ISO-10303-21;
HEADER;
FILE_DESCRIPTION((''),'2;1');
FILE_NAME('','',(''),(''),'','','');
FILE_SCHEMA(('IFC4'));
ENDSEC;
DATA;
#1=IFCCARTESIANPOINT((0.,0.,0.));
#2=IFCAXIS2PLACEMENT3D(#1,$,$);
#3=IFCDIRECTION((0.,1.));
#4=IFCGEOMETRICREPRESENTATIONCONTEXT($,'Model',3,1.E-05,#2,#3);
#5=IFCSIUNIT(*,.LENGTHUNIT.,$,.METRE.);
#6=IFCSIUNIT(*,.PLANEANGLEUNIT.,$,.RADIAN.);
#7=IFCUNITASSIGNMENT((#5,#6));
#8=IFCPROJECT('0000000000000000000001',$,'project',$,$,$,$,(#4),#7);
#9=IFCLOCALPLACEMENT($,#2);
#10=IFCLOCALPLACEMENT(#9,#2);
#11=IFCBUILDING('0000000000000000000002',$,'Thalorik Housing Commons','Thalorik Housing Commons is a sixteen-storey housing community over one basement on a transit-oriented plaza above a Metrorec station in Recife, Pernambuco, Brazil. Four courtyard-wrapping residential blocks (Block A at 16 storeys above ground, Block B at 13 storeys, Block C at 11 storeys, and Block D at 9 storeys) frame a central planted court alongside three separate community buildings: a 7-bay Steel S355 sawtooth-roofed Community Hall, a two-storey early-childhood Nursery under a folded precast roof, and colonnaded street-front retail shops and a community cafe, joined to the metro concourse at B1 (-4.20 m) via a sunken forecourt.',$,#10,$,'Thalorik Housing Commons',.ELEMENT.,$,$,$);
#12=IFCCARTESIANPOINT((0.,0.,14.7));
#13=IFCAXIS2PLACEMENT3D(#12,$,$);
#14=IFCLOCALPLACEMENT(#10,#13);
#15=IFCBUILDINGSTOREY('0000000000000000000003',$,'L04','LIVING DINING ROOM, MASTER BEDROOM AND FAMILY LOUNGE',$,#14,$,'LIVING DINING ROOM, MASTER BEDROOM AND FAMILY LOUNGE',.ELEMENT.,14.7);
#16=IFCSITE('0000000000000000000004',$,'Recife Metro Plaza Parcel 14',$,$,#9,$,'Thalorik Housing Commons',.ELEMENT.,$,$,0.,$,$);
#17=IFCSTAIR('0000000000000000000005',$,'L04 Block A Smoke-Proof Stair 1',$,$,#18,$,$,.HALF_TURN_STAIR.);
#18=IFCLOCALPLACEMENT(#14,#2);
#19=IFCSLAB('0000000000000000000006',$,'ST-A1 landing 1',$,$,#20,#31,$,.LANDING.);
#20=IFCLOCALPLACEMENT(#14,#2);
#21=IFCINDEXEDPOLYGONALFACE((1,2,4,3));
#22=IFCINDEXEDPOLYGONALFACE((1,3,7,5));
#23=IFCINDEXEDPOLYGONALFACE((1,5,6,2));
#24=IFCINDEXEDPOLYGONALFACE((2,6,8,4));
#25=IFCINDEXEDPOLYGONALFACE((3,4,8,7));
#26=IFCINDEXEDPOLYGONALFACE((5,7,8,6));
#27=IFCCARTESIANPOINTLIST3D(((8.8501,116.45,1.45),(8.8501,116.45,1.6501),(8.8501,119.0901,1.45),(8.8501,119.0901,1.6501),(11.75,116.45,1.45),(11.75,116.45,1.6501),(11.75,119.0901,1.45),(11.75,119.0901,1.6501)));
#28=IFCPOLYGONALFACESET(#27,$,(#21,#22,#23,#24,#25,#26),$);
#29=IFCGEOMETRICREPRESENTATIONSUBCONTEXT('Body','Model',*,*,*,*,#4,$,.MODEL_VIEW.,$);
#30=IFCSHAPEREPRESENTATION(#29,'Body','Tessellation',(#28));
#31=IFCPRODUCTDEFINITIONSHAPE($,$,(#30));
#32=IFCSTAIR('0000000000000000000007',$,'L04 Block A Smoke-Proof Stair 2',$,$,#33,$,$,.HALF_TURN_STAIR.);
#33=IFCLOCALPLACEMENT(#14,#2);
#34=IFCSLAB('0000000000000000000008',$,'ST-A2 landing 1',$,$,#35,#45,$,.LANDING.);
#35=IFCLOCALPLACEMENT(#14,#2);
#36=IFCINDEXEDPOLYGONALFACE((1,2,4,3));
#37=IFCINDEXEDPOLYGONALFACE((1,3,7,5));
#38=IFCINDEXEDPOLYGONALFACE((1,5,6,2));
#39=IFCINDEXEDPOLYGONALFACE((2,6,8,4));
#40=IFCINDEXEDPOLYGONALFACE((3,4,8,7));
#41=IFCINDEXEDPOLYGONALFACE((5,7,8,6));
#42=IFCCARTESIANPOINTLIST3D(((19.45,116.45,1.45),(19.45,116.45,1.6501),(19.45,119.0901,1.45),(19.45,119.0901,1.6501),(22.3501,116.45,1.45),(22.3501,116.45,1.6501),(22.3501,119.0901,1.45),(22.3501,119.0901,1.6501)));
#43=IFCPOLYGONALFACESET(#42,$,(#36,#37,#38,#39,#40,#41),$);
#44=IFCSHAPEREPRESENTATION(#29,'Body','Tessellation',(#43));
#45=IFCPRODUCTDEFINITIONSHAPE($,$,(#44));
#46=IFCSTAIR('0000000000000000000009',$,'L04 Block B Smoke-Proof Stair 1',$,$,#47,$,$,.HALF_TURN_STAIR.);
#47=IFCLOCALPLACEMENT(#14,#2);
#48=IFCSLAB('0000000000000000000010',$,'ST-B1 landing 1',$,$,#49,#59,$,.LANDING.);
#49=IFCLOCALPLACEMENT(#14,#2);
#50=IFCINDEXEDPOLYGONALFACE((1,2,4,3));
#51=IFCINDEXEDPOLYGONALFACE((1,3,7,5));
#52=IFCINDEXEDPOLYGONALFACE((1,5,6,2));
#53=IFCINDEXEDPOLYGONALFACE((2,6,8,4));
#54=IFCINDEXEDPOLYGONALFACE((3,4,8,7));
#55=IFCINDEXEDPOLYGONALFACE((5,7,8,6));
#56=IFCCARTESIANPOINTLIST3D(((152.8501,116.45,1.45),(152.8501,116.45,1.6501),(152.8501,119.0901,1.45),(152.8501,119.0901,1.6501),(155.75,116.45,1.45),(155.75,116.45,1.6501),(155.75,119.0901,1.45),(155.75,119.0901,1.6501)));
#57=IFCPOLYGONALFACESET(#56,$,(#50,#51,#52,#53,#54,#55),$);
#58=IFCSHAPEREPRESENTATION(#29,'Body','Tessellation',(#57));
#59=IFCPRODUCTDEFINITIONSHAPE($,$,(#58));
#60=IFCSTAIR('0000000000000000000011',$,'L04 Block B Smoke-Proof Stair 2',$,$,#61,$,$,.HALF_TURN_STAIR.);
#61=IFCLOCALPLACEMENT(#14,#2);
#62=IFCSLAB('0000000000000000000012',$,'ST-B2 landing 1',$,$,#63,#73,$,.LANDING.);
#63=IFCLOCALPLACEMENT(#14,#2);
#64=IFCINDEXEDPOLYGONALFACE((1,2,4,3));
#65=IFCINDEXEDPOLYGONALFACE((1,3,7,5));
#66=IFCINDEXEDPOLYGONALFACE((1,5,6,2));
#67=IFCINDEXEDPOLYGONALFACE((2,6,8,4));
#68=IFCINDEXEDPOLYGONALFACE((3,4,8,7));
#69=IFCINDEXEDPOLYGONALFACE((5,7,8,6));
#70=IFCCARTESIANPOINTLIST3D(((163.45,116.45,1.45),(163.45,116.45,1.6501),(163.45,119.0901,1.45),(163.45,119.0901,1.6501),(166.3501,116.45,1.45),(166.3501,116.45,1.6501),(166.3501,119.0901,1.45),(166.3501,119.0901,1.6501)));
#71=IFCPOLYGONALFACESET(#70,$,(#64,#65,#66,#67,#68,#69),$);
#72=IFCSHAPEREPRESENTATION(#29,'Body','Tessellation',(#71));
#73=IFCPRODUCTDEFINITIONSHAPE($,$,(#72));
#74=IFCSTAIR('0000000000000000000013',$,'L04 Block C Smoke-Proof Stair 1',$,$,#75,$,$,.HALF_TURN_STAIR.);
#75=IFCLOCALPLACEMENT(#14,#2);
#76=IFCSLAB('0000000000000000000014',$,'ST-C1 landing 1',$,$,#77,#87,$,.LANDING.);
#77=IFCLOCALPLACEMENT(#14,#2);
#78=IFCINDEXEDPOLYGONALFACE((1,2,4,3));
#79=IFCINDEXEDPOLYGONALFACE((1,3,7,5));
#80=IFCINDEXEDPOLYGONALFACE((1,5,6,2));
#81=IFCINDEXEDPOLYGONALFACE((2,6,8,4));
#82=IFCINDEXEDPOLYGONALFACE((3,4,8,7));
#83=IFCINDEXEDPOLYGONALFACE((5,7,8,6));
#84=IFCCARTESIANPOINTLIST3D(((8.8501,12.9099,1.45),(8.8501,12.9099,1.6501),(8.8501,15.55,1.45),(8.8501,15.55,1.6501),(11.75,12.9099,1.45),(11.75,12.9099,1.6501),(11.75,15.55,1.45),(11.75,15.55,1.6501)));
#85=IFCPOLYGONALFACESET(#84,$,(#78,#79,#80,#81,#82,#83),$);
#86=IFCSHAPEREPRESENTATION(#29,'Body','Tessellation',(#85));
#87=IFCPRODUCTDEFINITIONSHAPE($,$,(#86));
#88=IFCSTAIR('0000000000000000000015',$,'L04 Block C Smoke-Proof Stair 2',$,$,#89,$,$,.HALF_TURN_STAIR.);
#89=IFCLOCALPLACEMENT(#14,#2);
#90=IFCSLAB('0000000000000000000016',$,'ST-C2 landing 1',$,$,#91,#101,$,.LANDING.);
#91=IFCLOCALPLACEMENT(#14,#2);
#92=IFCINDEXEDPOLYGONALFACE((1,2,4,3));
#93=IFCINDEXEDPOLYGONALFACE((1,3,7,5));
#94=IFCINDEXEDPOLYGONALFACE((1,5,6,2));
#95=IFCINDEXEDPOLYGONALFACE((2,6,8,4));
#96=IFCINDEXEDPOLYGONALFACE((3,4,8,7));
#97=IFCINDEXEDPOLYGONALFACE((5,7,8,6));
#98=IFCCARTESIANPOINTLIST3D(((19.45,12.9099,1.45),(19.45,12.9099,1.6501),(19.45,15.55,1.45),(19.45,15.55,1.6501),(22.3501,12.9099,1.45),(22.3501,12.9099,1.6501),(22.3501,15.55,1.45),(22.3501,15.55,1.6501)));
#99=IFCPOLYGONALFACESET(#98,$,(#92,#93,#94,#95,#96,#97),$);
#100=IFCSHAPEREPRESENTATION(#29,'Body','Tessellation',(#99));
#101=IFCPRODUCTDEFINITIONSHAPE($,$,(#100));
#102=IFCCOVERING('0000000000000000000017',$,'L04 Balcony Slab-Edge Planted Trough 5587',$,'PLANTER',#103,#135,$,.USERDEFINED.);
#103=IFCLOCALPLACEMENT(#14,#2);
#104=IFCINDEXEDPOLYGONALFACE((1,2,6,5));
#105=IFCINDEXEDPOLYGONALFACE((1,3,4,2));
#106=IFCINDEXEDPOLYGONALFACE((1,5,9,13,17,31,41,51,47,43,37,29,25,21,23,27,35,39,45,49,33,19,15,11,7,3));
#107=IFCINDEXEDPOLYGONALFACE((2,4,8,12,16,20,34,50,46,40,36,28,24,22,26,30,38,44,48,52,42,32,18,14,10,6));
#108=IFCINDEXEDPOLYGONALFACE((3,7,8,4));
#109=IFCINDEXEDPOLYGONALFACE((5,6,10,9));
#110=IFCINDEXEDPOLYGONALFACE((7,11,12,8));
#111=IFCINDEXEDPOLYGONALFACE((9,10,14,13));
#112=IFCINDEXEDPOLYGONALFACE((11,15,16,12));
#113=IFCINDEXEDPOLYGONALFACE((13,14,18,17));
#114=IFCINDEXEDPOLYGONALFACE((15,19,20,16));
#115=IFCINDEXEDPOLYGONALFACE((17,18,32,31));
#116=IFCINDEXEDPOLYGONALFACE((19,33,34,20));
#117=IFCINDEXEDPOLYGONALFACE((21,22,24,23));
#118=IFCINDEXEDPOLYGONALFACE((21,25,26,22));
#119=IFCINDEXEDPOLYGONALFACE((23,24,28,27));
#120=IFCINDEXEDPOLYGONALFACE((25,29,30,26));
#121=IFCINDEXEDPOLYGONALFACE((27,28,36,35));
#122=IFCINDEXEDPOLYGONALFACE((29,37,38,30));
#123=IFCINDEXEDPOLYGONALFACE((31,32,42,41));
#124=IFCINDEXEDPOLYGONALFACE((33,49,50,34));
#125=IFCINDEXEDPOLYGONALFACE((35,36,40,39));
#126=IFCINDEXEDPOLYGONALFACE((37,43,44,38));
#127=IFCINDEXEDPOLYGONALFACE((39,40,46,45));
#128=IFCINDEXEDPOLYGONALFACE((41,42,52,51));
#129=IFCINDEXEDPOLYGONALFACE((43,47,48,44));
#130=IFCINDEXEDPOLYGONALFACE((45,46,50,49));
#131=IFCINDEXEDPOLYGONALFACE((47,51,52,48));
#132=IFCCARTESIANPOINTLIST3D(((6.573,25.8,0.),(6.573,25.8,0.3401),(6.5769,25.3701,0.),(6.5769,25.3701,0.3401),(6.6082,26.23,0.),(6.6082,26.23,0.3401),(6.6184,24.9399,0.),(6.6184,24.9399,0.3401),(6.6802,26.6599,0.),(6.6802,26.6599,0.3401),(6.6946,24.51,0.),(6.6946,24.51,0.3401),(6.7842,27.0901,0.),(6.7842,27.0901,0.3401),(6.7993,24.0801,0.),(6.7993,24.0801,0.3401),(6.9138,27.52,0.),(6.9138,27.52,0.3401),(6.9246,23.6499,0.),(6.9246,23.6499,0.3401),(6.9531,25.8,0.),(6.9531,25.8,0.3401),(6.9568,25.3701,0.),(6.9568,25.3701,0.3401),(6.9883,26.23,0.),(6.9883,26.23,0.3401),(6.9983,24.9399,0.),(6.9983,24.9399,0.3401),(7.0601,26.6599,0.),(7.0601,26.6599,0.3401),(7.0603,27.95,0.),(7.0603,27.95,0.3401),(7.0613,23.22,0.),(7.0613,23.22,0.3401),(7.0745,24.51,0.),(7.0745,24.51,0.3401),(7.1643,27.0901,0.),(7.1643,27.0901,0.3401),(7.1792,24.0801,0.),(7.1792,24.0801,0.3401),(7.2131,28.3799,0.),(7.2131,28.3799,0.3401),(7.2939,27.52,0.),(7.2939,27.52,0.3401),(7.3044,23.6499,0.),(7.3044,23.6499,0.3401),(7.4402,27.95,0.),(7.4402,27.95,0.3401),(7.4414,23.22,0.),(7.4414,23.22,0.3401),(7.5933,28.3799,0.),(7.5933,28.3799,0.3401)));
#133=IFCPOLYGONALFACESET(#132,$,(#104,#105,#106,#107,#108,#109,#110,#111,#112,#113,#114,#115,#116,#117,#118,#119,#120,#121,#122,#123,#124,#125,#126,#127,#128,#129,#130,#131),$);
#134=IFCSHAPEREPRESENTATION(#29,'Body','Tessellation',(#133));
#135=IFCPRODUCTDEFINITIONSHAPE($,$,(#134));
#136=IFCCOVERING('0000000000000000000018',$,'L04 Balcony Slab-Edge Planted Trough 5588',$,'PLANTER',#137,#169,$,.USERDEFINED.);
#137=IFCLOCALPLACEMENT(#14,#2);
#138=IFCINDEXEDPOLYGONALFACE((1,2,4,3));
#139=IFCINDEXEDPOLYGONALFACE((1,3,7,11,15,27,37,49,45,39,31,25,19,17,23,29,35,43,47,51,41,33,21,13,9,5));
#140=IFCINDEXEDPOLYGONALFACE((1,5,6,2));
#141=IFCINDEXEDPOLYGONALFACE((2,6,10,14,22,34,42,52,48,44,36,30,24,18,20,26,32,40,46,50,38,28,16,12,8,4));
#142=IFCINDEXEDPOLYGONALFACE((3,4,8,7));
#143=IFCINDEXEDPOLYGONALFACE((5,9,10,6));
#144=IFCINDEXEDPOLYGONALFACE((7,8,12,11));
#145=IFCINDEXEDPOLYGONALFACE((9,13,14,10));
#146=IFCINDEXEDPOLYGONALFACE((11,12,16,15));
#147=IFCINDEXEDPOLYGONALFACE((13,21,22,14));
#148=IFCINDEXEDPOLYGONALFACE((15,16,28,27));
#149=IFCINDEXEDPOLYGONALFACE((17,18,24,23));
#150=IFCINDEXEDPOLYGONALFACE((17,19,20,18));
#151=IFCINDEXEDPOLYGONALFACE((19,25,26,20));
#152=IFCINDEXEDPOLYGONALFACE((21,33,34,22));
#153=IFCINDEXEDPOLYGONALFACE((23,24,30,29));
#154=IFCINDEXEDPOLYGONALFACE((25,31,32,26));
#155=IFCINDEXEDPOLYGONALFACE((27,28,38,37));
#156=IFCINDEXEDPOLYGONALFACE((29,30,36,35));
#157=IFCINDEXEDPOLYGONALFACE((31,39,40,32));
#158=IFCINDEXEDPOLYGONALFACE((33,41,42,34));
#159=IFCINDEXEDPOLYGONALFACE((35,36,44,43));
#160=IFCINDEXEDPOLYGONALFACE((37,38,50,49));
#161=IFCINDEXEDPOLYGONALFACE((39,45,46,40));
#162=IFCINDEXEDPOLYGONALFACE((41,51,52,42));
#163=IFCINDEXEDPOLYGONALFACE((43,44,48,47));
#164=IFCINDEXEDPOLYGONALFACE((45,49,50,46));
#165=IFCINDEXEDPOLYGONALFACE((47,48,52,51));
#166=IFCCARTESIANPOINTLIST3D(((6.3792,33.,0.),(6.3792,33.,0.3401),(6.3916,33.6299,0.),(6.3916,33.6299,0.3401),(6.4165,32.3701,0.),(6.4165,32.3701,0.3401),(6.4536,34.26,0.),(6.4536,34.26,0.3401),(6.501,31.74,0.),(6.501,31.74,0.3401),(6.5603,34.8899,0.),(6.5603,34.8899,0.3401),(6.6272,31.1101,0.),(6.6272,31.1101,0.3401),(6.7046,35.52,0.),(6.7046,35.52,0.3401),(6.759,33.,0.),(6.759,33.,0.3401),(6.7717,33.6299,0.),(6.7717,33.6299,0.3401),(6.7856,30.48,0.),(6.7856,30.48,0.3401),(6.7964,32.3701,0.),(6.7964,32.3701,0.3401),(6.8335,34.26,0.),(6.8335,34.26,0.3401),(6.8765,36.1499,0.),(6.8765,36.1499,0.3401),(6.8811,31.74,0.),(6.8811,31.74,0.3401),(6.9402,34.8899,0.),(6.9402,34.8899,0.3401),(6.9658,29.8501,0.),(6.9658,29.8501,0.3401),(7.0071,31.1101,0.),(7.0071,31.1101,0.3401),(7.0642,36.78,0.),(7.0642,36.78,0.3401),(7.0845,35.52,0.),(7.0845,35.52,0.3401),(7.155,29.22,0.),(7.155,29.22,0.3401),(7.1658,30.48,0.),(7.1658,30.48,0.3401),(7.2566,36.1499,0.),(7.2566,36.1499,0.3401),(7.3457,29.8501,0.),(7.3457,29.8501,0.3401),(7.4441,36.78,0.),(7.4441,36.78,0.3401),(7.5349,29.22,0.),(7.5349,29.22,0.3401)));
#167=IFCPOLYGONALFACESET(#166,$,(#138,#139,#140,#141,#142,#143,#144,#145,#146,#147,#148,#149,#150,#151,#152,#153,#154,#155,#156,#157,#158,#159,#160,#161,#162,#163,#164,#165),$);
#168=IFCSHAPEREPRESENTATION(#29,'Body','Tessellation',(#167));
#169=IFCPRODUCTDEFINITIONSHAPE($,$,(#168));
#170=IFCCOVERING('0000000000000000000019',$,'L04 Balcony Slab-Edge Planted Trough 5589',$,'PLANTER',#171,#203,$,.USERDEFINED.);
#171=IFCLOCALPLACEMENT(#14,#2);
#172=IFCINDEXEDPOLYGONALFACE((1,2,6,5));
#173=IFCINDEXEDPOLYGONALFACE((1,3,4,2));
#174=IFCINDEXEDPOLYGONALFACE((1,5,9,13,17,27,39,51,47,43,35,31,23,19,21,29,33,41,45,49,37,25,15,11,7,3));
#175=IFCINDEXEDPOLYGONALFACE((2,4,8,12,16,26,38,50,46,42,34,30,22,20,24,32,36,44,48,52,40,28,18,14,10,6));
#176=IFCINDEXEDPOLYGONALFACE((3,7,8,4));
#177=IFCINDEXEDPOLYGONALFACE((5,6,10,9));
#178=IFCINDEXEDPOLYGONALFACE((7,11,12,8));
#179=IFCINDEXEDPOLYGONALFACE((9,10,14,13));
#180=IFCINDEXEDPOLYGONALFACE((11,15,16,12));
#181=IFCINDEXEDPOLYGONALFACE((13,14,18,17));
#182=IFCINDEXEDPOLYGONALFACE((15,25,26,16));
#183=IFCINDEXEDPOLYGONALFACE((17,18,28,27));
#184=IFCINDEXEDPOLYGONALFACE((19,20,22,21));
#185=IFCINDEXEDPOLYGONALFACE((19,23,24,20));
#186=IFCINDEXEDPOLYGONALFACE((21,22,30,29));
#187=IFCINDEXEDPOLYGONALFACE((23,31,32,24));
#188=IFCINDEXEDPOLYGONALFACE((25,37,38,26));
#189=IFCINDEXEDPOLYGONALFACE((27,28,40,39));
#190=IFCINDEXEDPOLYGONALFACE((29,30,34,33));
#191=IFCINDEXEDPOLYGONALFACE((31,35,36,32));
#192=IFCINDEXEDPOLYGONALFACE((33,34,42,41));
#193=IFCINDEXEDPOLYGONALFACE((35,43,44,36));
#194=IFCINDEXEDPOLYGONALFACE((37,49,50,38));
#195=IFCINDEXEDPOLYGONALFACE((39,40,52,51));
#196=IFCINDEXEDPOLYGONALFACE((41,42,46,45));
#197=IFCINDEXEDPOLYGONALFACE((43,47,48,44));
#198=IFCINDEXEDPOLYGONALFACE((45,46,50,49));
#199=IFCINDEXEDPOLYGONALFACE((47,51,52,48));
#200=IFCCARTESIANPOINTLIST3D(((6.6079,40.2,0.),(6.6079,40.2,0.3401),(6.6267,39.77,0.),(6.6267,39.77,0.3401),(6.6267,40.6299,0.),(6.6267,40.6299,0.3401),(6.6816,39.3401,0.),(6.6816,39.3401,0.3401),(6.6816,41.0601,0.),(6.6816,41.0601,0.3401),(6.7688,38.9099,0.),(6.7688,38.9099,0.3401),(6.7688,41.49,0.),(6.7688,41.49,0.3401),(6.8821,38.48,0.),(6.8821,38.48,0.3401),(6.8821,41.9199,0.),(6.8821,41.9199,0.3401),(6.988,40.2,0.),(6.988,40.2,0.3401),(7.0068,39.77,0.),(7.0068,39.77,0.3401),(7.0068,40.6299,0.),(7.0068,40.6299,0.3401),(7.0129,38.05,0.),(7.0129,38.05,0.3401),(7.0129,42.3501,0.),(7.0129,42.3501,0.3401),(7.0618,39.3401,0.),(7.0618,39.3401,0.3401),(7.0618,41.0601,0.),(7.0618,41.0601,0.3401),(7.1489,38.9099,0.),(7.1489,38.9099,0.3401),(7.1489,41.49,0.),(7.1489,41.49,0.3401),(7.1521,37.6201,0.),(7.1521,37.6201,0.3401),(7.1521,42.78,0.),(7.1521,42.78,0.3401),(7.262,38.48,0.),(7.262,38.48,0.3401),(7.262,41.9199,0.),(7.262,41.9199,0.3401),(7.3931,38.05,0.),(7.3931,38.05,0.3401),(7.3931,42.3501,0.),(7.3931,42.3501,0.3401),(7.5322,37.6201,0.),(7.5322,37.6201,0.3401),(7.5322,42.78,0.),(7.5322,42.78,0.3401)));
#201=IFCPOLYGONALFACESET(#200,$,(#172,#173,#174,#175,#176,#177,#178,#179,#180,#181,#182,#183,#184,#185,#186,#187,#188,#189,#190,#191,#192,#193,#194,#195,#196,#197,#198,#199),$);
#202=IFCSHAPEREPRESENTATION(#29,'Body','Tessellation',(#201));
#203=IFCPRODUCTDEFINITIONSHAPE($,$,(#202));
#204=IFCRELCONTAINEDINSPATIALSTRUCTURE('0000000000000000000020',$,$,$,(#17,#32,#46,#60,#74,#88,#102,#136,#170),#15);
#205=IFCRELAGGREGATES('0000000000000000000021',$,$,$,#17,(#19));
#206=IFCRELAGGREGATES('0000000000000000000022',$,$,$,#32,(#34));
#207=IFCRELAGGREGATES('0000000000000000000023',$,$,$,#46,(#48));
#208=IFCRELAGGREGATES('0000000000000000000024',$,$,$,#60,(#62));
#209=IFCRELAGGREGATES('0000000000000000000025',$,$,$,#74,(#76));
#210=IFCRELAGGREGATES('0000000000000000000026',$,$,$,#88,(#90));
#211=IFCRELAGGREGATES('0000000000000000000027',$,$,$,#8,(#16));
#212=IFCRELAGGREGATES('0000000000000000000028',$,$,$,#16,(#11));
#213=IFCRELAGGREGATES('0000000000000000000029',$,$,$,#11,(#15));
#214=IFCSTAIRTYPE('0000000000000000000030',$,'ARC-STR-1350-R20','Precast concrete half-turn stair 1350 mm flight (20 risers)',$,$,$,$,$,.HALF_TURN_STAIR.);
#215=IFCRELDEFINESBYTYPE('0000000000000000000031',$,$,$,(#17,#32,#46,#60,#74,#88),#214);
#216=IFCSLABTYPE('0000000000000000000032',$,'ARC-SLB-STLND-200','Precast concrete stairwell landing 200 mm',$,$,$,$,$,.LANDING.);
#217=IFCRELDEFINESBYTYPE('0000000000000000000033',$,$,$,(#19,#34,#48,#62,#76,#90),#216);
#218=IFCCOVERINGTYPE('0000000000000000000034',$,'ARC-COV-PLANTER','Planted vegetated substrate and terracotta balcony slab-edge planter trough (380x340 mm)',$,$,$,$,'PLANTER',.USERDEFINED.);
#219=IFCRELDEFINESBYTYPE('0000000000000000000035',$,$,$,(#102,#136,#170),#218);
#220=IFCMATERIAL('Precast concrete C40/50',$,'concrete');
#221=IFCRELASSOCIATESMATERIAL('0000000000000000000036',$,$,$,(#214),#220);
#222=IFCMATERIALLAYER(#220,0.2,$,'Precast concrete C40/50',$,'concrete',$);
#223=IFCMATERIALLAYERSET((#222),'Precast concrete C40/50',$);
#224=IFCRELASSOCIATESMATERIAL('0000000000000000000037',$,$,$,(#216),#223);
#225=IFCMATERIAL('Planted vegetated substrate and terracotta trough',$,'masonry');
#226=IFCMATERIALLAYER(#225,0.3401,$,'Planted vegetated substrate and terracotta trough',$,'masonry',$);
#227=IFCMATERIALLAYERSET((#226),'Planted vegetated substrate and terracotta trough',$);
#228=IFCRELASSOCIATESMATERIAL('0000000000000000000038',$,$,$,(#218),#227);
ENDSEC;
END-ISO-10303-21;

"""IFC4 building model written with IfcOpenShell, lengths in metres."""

from ifc_helpers import new_model, si_unit, direction, frame, origin, place, context, subcontext, project, spatial, polyline, outline, extrude, material, layer, layer_set, type_object, element, aggregate, save


model = new_model("IFC4")

# Units and contexts
model_context = context("Model", 3, precision=1e-05, world=origin(), true_north=direction((0.0, 1.0)))
body_context = subcontext(model_context, "Body", "Model", "MODEL_VIEW")
ifc_project = project(units=[si_unit("LENGTHUNIT", "METRE"), si_unit("PLANEANGLEUNIT", "RADIAN")], contexts=[model_context])

# Site, building, storey
site_placement = place(None, origin())
site = spatial("IfcSite", under=ifc_project, at=site_placement, Name="Recife Metro Plaza Parcel 14", LongName="Thalorik Housing Commons", CompositionType="ELEMENT", RefElevation=0.0)
building_placement = place(site_placement, origin())
building = spatial("IfcBuilding", under=site, at=building_placement, Name="Thalorik Housing Commons", Description="Thalorik Housing Commons is a sixteen-storey housing community over one basement on a transit-oriented plaza above a Metrorec station in Recife, Pernambuco, Brazil. Four courtyard-wrapping residential blocks (Block A at 16 storeys above ground, Block B at 13 storeys, Block C at 11 storeys, and Block D at 9 storeys) frame a central planted court alongside three separate community buildings: a 7-bay Steel S355 sawtooth-roofed Community Hall, a two-storey early-childhood Nursery under a folded precast roof, and colonnaded street-front retail shops and a community cafe, joined to the metro concourse at B1 (-4.20 m) via a sunken forecourt.", LongName="Thalorik Housing Commons", CompositionType="ELEMENT")
storey_placement = place(building_placement, frame((0.0, 0.0, 14.7)))
storey = spatial("IfcBuildingStorey", under=building, at=storey_placement, Name="L04", Description="LIVING DINING ROOM, MASTER BEDROOM AND FAMILY LOUNGE", LongName="LIVING DINING ROOM, MASTER BEDROOM AND FAMILY LOUNGE", CompositionType="ELEMENT", Elevation=14.7)

# Stairs, slabs
ifc_material_1 = material(Name="Precast concrete C40/50", Category="concrete")
stair_type = type_object("IfcStairType", Name="ARC-STR-1350-R20", Description="Precast concrete half-turn stair 1350 mm flight (20 risers)", PredefinedType="HALF_TURN_STAIR", material=ifc_material_1)
stair_1_placement = place(storey_placement, origin())
stair_1 = element("IfcStair", 1, at=stair_1_placement, inside=storey, type_object=stair_type, Name="L04 Block A Smoke-Proof Stair 1", PredefinedType="HALF_TURN_STAIR")
ifc_layer_1 = layer(ifc_material_1, 0.2, Name="Precast concrete C40/50", Category="concrete")
ifc_layer_set_1 = layer_set([ifc_layer_1], Name="Precast concrete C40/50")
slab_type = type_object("IfcSlabType", Name="ARC-SLB-STLND-200", Description="Precast concrete stairwell landing 200 mm", PredefinedType="LANDING", material=ifc_layer_set_1)
slab_1_placement = place(storey_placement, frame((0.0, 0.0, 1.45)))
slab_1 = element("IfcSlab", 2, at=slab_1_placement, type_object=slab_type, Name="ST-A1 landing 1", PredefinedType="LANDING", context=body_context, shape_type="SweptSolid", body=[
    extrude(outline(polyline([(8.8501, 119.0901), (8.8501, 116.45), (11.75, 116.45), (11.75, 119.0901), (8.8501, 119.0901)])), origin(), (0.0, 0.0, 1.0), 0.2002),
])
aggregate(stair_1, [slab_1])
stair_2_placement = place(storey_placement, origin())
stair_2 = element("IfcStair", 3, at=stair_2_placement, inside=storey, type_object=stair_type, Name="L04 Block A Smoke-Proof Stair 2", PredefinedType="HALF_TURN_STAIR")
slab_2_placement = place(storey_placement, frame((0.0, 0.0, 1.45)))
slab_2 = element("IfcSlab", 4, at=slab_2_placement, type_object=slab_type, Name="ST-A2 landing 1", PredefinedType="LANDING", context=body_context, shape_type="SweptSolid", body=[
    extrude(outline(polyline([(19.45, 119.0901), (19.45, 116.45), (22.3501, 116.45), (22.3501, 119.0901), (19.45, 119.0901)])), origin(), (0.0, 0.0, 1.0), 0.2002),
])
aggregate(stair_2, [slab_2])
stair_3_placement = place(storey_placement, origin())
stair_3 = element("IfcStair", 5, at=stair_3_placement, inside=storey, type_object=stair_type, Name="L04 Block B Smoke-Proof Stair 1", PredefinedType="HALF_TURN_STAIR")
slab_3_placement = place(storey_placement, frame((0.0, 0.0, 1.45)))
slab_3 = element("IfcSlab", 6, at=slab_3_placement, type_object=slab_type, Name="ST-B1 landing 1", PredefinedType="LANDING", context=body_context, shape_type="SweptSolid", body=[
    extrude(outline(polyline([(152.8501, 119.0901), (152.8501, 116.45), (155.75, 116.45), (155.75, 119.0901), (152.8501, 119.0901)])), origin(), (0.0, 0.0, 1.0), 0.2002),
])
aggregate(stair_3, [slab_3])
stair_4_placement = place(storey_placement, origin())
stair_4 = element("IfcStair", 7, at=stair_4_placement, inside=storey, type_object=stair_type, Name="L04 Block B Smoke-Proof Stair 2", PredefinedType="HALF_TURN_STAIR")
slab_4_placement = place(storey_placement, frame((0.0, 0.0, 1.45)))
slab_4 = element("IfcSlab", 8, at=slab_4_placement, type_object=slab_type, Name="ST-B2 landing 1", PredefinedType="LANDING", context=body_context, shape_type="SweptSolid", body=[
    extrude(outline(polyline([(163.45, 119.0901), (163.45, 116.45), (166.3501, 116.45), (166.3501, 119.0901), (163.45, 119.0901)])), origin(), (0.0, 0.0, 1.0), 0.2002),
])
aggregate(stair_4, [slab_4])
stair_5_placement = place(storey_placement, origin())
stair_5 = element("IfcStair", 9, at=stair_5_placement, inside=storey, type_object=stair_type, Name="L04 Block C Smoke-Proof Stair 1", PredefinedType="HALF_TURN_STAIR")
slab_5_placement = place(storey_placement, frame((0.0, 0.0, 1.45)))
slab_5 = element("IfcSlab", 10, at=slab_5_placement, type_object=slab_type, Name="ST-C1 landing 1", PredefinedType="LANDING", context=body_context, shape_type="SweptSolid", body=[
    extrude(outline(polyline([(11.75, 12.9099), (11.75, 15.55), (8.8501, 15.55), (8.8501, 12.9099), (11.75, 12.9099)])), origin(), (0.0, 0.0, 1.0), 0.2002),
])
aggregate(stair_5, [slab_5])
stair_6_placement = place(storey_placement, origin())
stair_6 = element("IfcStair", 11, at=stair_6_placement, inside=storey, type_object=stair_type, Name="L04 Block C Smoke-Proof Stair 2", PredefinedType="HALF_TURN_STAIR")
slab_6_placement = place(storey_placement, frame((0.0, 0.0, 1.45)))
slab_6 = element("IfcSlab", 12, at=slab_6_placement, type_object=slab_type, Name="ST-C2 landing 1", PredefinedType="LANDING", context=body_context, shape_type="SweptSolid", body=[
    extrude(outline(polyline([(22.3501, 12.9099), (22.3501, 15.55), (19.45, 15.55), (19.45, 12.9099), (22.3501, 12.9099)])), origin(), (0.0, 0.0, 1.0), 0.2002),
])
aggregate(stair_6, [slab_6])

# Coverings
ifc_material_2 = material(Name="Planted vegetated substrate and terracotta trough", Category="masonry")
ifc_layer_2 = layer(ifc_material_2, 0.3401, Name="Planted vegetated substrate and terracotta trough", Category="masonry")
ifc_layer_set_2 = layer_set([ifc_layer_2], Name="Planted vegetated substrate and terracotta trough")
covering_type = type_object("IfcCoveringType", Name="ARC-COV-PLANTER", Description="Planted vegetated substrate and terracotta balcony slab-edge planter trough (380x340 mm)", ElementType="PLANTER", PredefinedType="USERDEFINED", material=ifc_layer_set_2)
covering_1_placement = place(storey_placement, origin())
element("IfcCovering", 13, at=covering_1_placement, inside=storey, type_object=covering_type, Name="L04 Balcony Slab-Edge Planted Trough 5587", ObjectType="PLANTER", PredefinedType="USERDEFINED", context=body_context, shape_type="SweptSolid", body=[
    extrude(outline(polyline([(7.2131, 28.3799), (7.0603, 27.95), (6.9138, 27.52), (6.7842, 27.0901), (6.6802, 26.6599), (6.6082, 26.23), (6.573, 25.8), (6.5769, 25.3701), (6.6184, 24.9399), (6.6946, 24.51), (6.7993, 24.0801), (6.9246, 23.6499), (7.0613, 23.22), (7.4414, 23.22), (7.3044, 23.6499), (7.1792, 24.0801), (7.0745, 24.51), (6.9983, 24.9399), (6.9568, 25.3701), (6.9531, 25.8), (6.9883, 26.23), (7.0601, 26.6599), (7.1643, 27.0901), (7.2939, 27.52), (7.4402, 27.95), (7.5933, 28.3799), (7.2131, 28.3799)])), origin(), (0.0, 0.0, 1.0), 0.3401),
])
covering_2_placement = place(storey_placement, origin())
element("IfcCovering", 14, at=covering_2_placement, inside=storey, type_object=covering_type, Name="L04 Balcony Slab-Edge Planted Trough 5588", ObjectType="PLANTER", PredefinedType="USERDEFINED", context=body_context, shape_type="SweptSolid", body=[
    extrude(outline(polyline([(7.0642, 36.78), (6.8765, 36.1499), (6.7046, 35.52), (6.5603, 34.8899), (6.4536, 34.26), (6.3916, 33.6299), (6.3792, 33.0), (6.4165, 32.3701), (6.501, 31.74), (6.6272, 31.1101), (6.7856, 30.48), (6.9658, 29.8501), (7.155, 29.22), (7.5349, 29.22), (7.3457, 29.8501), (7.1658, 30.48), (7.0071, 31.1101), (6.8811, 31.74), (6.7964, 32.3701), (6.759, 33.0), (6.7717, 33.6299), (6.8335, 34.26), (6.9402, 34.8899), (7.0845, 35.52), (7.2566, 36.1499), (7.4441, 36.78), (7.0642, 36.78)])), origin(), (0.0, 0.0, 1.0), 0.3401),
])
covering_3_placement = place(storey_placement, origin())
element("IfcCovering", 15, at=covering_3_placement, inside=storey, type_object=covering_type, Name="L04 Balcony Slab-Edge Planted Trough 5589", ObjectType="PLANTER", PredefinedType="USERDEFINED", context=body_context, shape_type="SweptSolid", body=[
    extrude(outline(polyline([(7.1521, 42.78), (7.0129, 42.3501), (6.8821, 41.9199), (6.7688, 41.49), (6.6816, 41.0601), (6.6267, 40.6299), (6.6079, 40.2), (6.6267, 39.77), (6.6816, 39.3401), (6.7688, 38.9099), (6.8821, 38.48), (7.0129, 38.05), (7.1521, 37.6201), (7.5322, 37.6201), (7.3931, 38.05), (7.262, 38.48), (7.1489, 38.9099), (7.0618, 39.3401), (7.0068, 39.77), (6.988, 40.2), (7.0068, 40.6299), (7.0618, 41.0601), (7.1489, 41.49), (7.262, 41.9199), (7.3931, 42.3501), (7.5322, 42.78), (7.1521, 42.78)])), origin(), (0.0, 0.0, 1.0), 0.3401),
])

save(model, "model.ifc")
